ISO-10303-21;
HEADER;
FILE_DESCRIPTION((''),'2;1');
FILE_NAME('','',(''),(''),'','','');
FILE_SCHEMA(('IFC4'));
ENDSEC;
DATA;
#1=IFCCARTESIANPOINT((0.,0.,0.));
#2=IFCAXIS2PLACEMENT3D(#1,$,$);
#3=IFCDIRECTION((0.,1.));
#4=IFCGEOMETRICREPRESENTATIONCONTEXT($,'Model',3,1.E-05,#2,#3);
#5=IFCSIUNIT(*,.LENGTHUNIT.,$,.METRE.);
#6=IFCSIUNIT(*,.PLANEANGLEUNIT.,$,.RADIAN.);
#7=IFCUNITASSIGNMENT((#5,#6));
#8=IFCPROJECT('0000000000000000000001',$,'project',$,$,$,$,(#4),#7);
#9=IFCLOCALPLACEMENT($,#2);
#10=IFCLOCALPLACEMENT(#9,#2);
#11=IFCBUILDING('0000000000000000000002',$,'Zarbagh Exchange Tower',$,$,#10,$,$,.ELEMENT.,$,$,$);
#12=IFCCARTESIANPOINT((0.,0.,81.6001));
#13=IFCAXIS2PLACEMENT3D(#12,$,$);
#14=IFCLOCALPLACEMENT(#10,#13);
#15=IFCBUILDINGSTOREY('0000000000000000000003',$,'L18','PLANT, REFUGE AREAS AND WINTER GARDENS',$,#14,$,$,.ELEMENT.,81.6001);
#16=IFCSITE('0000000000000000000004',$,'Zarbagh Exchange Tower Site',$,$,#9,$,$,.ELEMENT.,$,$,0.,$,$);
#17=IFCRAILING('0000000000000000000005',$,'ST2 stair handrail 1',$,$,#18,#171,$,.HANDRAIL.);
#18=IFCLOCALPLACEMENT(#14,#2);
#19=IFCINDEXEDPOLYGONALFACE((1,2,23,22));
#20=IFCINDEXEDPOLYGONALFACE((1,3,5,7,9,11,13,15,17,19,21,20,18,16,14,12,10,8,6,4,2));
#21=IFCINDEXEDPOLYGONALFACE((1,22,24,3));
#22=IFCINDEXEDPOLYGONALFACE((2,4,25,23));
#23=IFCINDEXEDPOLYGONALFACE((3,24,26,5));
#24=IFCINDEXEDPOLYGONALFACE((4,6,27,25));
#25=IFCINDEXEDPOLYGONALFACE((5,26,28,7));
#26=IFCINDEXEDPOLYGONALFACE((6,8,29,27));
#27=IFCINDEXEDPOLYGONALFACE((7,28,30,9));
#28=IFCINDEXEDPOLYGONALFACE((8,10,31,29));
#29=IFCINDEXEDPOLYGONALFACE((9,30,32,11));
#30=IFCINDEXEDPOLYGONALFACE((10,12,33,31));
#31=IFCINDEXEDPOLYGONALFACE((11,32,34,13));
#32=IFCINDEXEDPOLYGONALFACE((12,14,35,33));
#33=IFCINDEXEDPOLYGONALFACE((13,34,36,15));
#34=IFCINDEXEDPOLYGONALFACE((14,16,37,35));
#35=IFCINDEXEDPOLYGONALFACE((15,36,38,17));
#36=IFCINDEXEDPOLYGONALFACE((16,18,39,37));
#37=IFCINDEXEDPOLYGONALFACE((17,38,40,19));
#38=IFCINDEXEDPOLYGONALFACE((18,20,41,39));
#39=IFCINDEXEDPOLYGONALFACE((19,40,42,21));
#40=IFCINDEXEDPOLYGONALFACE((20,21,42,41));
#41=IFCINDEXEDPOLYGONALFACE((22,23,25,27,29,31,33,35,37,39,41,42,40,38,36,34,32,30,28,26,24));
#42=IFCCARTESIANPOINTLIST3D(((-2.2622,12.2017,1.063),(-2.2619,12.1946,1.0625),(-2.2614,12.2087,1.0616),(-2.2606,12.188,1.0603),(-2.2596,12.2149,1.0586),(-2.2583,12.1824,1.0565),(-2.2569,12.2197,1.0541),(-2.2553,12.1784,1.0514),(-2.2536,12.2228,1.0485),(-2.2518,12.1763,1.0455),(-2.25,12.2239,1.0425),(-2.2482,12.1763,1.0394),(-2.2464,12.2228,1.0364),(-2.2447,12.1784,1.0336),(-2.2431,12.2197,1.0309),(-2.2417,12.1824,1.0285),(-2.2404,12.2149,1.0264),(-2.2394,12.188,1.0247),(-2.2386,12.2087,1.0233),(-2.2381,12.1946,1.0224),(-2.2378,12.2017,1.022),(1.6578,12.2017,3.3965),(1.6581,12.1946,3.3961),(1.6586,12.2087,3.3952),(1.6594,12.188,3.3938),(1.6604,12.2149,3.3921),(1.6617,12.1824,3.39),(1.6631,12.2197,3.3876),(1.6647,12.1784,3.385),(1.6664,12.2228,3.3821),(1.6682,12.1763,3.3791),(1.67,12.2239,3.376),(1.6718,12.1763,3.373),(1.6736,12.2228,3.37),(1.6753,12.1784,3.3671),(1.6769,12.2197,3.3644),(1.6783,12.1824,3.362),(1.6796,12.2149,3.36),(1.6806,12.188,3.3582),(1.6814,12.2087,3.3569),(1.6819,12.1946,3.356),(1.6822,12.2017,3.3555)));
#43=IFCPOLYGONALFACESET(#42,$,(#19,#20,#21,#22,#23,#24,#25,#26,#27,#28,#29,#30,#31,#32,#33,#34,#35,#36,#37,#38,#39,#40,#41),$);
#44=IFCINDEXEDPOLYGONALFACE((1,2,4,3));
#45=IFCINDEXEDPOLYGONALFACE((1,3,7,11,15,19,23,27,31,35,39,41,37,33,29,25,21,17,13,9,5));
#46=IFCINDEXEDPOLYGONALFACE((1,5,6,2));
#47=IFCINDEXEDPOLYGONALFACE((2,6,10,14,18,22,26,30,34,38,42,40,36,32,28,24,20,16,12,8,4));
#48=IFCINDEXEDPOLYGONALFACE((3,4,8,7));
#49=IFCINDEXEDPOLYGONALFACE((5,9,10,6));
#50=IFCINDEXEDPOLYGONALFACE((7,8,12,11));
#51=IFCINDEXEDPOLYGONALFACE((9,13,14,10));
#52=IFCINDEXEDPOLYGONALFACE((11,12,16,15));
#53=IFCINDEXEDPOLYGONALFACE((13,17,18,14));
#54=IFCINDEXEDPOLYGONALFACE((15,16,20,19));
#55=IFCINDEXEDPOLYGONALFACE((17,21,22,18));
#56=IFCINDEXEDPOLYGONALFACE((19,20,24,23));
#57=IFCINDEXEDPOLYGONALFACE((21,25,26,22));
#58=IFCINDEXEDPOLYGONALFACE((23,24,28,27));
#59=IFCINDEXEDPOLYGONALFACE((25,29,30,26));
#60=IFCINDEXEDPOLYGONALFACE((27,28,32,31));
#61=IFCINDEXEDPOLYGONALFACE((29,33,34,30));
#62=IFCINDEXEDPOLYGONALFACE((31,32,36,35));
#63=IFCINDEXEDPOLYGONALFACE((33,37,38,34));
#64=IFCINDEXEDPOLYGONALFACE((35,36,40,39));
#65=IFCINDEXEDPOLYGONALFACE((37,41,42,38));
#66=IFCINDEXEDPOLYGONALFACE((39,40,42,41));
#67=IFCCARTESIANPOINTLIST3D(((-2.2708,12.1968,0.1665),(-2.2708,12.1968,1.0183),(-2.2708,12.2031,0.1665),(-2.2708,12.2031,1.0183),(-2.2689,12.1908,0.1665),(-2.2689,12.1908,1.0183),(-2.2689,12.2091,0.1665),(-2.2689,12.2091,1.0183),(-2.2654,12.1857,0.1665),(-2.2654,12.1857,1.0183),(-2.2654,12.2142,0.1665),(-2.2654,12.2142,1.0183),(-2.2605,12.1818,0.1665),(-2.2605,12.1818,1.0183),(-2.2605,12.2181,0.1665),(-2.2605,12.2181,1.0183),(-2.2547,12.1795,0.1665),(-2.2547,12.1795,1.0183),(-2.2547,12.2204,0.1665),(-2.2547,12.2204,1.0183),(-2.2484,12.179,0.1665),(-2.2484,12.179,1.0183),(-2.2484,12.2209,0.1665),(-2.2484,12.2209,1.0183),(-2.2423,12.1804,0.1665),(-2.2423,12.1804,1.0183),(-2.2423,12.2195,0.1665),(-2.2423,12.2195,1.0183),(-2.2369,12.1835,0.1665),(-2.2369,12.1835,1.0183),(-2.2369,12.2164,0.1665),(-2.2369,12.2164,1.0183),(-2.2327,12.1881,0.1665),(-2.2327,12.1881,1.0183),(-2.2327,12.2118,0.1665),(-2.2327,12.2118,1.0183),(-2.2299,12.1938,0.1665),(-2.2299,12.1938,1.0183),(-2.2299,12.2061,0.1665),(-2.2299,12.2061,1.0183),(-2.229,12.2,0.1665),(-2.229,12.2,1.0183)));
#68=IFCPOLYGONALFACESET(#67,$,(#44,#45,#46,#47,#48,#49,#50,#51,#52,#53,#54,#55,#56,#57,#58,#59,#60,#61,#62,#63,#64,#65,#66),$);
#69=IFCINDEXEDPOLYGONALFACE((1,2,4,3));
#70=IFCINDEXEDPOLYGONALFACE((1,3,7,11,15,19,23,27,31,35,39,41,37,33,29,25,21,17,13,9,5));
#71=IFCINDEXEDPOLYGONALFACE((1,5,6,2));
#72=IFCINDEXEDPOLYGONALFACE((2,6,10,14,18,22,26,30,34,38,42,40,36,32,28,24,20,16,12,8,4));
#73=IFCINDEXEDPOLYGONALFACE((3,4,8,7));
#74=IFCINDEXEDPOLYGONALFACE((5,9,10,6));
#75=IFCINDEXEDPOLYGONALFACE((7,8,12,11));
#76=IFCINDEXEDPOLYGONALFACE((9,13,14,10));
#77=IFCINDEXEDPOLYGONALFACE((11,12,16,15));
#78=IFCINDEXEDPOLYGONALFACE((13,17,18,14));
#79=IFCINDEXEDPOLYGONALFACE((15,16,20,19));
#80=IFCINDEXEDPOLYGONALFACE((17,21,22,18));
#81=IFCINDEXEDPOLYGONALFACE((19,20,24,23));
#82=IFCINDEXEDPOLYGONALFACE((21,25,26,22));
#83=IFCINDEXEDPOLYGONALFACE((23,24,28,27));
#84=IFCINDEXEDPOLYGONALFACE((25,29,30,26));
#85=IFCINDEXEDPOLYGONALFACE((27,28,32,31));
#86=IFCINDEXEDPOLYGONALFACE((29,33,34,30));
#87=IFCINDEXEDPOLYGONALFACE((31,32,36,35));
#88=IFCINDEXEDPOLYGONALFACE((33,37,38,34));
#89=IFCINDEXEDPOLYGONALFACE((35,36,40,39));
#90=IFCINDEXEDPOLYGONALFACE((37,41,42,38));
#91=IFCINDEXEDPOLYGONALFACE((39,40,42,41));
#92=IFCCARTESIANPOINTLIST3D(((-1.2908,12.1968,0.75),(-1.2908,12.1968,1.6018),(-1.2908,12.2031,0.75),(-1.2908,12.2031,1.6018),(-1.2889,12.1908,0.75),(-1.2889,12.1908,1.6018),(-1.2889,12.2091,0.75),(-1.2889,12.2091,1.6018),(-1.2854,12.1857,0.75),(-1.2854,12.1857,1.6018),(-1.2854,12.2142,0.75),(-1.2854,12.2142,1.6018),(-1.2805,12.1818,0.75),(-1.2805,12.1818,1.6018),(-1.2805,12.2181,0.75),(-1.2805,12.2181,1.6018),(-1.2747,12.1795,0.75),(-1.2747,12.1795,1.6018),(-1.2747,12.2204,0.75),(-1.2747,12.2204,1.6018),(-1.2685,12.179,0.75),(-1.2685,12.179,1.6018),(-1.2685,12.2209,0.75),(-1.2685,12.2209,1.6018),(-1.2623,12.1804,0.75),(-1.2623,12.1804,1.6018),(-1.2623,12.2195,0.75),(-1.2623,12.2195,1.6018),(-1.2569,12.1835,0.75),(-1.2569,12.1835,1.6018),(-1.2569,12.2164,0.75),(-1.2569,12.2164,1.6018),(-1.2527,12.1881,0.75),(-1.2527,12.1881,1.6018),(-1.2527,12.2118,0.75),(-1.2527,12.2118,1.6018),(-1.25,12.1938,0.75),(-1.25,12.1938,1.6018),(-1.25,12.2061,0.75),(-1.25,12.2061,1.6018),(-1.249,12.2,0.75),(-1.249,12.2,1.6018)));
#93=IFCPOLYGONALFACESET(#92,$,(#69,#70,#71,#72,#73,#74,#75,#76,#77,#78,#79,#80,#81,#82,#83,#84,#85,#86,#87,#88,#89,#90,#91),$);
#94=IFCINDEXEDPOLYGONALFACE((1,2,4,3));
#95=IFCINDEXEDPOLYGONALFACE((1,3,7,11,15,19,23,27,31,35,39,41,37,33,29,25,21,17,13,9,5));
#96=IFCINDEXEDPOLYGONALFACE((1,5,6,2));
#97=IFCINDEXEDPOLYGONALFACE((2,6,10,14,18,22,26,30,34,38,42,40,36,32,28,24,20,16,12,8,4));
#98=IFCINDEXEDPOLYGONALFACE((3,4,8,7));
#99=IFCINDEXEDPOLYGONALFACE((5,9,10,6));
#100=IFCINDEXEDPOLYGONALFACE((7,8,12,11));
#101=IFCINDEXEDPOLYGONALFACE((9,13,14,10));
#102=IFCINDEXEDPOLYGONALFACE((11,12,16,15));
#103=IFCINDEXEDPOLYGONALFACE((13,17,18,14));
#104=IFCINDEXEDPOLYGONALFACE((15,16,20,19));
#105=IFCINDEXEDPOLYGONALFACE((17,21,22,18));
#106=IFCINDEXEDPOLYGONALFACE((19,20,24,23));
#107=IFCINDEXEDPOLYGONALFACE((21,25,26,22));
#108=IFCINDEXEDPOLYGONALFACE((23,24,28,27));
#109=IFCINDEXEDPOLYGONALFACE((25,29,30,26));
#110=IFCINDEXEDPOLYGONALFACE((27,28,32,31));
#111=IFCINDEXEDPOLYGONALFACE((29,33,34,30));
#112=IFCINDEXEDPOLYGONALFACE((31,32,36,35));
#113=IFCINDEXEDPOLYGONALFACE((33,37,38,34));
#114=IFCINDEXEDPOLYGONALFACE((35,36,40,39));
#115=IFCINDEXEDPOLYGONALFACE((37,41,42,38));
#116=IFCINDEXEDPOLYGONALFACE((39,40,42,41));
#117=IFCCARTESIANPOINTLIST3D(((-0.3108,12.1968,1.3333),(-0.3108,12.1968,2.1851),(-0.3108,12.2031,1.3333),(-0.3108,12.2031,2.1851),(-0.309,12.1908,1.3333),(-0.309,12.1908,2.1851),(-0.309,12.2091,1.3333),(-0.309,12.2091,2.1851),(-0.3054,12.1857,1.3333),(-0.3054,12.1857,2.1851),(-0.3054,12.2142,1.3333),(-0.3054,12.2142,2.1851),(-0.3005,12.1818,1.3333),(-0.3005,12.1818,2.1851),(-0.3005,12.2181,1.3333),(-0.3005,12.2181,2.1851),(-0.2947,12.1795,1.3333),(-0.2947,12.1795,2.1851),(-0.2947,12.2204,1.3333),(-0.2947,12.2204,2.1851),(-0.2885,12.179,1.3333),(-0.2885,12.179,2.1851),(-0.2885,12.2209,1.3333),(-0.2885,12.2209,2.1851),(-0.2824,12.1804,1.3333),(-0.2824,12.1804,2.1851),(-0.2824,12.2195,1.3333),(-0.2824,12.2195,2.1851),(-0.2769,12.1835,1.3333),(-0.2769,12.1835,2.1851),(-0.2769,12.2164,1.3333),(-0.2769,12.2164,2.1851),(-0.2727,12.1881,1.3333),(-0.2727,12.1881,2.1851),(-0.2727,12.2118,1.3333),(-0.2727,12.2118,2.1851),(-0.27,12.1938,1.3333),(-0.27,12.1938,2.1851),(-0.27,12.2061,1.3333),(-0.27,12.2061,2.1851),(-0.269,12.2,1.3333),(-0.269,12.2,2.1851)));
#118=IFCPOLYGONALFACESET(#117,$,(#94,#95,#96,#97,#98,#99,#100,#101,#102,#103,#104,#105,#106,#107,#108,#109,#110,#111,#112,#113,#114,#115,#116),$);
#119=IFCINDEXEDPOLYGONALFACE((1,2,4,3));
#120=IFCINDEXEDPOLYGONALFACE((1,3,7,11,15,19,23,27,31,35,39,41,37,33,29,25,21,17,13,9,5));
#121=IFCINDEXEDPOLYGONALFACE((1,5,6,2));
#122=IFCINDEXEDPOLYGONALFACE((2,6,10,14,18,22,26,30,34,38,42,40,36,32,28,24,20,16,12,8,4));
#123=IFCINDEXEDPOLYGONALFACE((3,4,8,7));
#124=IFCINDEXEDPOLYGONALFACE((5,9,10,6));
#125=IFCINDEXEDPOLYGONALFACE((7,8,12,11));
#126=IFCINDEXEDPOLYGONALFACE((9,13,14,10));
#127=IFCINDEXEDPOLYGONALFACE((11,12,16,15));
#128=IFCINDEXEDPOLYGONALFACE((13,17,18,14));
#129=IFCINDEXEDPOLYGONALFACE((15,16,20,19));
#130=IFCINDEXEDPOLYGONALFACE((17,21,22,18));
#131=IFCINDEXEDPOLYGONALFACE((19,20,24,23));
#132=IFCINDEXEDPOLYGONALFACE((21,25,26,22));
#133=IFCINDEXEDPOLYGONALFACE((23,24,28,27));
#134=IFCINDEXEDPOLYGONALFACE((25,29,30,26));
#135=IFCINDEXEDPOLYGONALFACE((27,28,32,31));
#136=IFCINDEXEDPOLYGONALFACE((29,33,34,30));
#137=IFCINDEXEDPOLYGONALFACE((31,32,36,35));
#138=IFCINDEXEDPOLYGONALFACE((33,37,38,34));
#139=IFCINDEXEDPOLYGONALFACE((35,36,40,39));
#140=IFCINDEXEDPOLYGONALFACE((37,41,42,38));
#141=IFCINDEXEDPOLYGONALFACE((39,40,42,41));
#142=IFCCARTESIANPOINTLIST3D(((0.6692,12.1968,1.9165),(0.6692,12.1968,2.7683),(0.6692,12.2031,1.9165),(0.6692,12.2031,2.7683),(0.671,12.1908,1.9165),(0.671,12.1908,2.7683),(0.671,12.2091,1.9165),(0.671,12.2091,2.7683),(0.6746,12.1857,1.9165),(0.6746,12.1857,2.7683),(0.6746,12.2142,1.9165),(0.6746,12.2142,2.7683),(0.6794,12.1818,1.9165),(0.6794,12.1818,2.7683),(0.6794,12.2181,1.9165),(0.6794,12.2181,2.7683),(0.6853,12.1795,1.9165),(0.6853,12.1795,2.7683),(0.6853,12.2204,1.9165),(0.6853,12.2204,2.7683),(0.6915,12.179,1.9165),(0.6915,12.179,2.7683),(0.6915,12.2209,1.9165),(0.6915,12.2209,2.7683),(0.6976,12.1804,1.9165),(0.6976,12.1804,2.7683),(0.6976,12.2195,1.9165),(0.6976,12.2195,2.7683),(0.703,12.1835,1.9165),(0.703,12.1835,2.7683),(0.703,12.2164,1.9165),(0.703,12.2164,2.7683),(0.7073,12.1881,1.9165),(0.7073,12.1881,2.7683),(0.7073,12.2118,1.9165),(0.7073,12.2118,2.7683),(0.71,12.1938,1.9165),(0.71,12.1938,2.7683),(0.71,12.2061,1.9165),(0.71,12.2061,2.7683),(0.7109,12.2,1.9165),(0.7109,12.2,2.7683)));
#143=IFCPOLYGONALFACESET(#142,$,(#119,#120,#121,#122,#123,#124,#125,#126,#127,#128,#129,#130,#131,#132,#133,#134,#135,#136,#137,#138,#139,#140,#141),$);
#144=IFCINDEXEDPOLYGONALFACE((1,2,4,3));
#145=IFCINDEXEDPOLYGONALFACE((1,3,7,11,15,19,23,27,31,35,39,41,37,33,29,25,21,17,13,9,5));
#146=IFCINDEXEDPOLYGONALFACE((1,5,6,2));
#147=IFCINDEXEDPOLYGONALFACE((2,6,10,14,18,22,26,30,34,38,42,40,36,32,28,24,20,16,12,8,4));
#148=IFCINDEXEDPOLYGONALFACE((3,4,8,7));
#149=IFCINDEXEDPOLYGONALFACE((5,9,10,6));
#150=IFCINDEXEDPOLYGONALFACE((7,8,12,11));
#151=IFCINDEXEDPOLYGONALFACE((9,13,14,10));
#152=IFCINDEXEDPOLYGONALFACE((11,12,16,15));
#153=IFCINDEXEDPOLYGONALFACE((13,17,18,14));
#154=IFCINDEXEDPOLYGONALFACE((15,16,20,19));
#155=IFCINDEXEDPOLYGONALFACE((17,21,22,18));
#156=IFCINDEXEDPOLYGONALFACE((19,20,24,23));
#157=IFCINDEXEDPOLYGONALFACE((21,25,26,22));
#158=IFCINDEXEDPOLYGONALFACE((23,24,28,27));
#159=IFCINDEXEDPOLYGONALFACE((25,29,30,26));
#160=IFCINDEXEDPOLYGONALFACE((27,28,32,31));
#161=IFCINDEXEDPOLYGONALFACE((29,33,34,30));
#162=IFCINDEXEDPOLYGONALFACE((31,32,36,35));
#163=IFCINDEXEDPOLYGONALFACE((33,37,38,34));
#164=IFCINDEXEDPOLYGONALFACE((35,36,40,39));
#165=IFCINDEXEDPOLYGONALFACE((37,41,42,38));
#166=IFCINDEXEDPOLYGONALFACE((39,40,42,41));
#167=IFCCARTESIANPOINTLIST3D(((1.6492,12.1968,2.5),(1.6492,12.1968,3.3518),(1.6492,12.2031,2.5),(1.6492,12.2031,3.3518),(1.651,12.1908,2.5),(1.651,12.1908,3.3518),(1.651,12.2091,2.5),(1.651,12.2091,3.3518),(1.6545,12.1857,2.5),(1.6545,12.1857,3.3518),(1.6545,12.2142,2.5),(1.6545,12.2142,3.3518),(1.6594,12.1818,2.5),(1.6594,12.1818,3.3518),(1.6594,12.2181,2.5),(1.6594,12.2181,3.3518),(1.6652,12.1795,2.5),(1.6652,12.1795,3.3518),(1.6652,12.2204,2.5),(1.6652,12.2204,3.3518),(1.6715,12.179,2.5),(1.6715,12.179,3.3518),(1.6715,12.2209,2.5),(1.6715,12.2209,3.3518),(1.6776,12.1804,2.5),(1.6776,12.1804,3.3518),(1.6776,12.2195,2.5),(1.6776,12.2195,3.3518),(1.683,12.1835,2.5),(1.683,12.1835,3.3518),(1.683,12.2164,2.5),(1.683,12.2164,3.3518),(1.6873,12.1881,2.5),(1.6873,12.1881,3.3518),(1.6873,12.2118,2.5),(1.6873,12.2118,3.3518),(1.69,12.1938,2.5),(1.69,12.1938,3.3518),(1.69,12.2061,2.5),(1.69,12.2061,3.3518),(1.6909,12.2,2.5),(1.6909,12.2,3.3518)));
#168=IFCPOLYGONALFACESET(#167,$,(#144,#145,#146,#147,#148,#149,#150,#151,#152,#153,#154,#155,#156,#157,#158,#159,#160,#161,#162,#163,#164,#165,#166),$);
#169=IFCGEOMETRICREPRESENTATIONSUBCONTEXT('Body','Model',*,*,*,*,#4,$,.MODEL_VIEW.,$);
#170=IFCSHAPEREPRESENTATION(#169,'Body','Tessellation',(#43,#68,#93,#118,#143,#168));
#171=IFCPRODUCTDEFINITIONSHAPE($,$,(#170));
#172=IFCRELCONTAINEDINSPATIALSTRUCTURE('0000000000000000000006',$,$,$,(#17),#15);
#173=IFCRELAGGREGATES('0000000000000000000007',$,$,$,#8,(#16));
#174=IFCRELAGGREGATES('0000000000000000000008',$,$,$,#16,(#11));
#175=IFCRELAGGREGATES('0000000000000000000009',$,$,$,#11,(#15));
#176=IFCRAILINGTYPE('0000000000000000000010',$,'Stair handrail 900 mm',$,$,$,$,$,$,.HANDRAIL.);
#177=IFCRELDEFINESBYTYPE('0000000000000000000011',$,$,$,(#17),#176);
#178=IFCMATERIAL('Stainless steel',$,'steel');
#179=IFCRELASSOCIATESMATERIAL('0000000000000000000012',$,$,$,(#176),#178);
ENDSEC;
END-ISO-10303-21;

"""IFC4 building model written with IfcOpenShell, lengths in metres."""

from ifc_helpers import new_model, si_unit, direction, frame, origin, origin_2d, place, context, subcontext, project, spatial, circle, extrude, material, type_object, element, save


model = new_model("IFC4")

# Units and contexts
model_context = context("Model", 3, precision=1e-05, world=origin(), true_north=direction((0.0, 1.0)))
body_context = subcontext(model_context, "Body", "Model", "MODEL_VIEW")
ifc_project = project(units=[si_unit("LENGTHUNIT", "METRE"), si_unit("PLANEANGLEUNIT", "RADIAN")], contexts=[model_context])

# Site, building, storey
site_placement = place(None, origin())
site = spatial("IfcSite", under=ifc_project, at=site_placement, Name="Zarbagh Exchange Tower Site", CompositionType="ELEMENT", RefElevation=0.0)
building_placement = place(site_placement, origin())
building = spatial("IfcBuilding", under=site, at=building_placement, Name="Zarbagh Exchange Tower", CompositionType="ELEMENT")
storey_placement = place(building_placement, frame((0.0, 0.0, 81.6001)))
storey = spatial("IfcBuildingStorey", under=building, at=storey_placement, Name="L18", Description="PLANT, REFUGE AREAS AND WINTER GARDENS", CompositionType="ELEMENT", Elevation=81.6001)

# Railing
ifc_material_1 = material(Name="Stainless steel", Category="steel")
railing_type = type_object("IfcRailingType", Name="Stair handrail 900 mm", PredefinedType="HANDRAIL", material=ifc_material_1)
railing_placement = place(storey_placement, frame((-2.25, 12.2, 0.1665)))
element("IfcRailing", 1, at=railing_placement, inside=storey, type_object=railing_type, Name="ST2 stair handrail 1", PredefinedType="HANDRAIL", context=body_context, shape_type="SweptSolid", body=[
    extrude(circle(Radius=0.0239, at=origin_2d()), frame((0.0, 0.0, 0.876), z_axis=(0.859273, 0.0, 0.511518), x_axis=(0.0, 1.0, 0.0)), (0.0, 0.0, 1.0), 4.562),
    extrude(circle(Radius=0.021, at=origin_2d()), origin(), (0.0, 0.0, 1.0), 0.8518),
    extrude(circle(Radius=0.021, at=origin_2d()), frame((0.98, 0.0, 0.5835)), (0.0, 0.0, 1.0), 0.8518),
    extrude(circle(Radius=0.021, at=origin_2d()), frame((1.96, 0.0, 1.1667)), (0.0, 0.0, 1.0), 0.8518),
    extrude(circle(Radius=0.021, at=origin_2d()), frame((2.9399, 0.0, 1.75)), (0.0, 0.0, 1.0), 0.8518),
    extrude(circle(Radius=0.021, at=origin_2d()), frame((3.9199, 0.0, 2.3335)), (0.0, 0.0, 1.0), 0.8518),
])

save(model, "model.ifc")
